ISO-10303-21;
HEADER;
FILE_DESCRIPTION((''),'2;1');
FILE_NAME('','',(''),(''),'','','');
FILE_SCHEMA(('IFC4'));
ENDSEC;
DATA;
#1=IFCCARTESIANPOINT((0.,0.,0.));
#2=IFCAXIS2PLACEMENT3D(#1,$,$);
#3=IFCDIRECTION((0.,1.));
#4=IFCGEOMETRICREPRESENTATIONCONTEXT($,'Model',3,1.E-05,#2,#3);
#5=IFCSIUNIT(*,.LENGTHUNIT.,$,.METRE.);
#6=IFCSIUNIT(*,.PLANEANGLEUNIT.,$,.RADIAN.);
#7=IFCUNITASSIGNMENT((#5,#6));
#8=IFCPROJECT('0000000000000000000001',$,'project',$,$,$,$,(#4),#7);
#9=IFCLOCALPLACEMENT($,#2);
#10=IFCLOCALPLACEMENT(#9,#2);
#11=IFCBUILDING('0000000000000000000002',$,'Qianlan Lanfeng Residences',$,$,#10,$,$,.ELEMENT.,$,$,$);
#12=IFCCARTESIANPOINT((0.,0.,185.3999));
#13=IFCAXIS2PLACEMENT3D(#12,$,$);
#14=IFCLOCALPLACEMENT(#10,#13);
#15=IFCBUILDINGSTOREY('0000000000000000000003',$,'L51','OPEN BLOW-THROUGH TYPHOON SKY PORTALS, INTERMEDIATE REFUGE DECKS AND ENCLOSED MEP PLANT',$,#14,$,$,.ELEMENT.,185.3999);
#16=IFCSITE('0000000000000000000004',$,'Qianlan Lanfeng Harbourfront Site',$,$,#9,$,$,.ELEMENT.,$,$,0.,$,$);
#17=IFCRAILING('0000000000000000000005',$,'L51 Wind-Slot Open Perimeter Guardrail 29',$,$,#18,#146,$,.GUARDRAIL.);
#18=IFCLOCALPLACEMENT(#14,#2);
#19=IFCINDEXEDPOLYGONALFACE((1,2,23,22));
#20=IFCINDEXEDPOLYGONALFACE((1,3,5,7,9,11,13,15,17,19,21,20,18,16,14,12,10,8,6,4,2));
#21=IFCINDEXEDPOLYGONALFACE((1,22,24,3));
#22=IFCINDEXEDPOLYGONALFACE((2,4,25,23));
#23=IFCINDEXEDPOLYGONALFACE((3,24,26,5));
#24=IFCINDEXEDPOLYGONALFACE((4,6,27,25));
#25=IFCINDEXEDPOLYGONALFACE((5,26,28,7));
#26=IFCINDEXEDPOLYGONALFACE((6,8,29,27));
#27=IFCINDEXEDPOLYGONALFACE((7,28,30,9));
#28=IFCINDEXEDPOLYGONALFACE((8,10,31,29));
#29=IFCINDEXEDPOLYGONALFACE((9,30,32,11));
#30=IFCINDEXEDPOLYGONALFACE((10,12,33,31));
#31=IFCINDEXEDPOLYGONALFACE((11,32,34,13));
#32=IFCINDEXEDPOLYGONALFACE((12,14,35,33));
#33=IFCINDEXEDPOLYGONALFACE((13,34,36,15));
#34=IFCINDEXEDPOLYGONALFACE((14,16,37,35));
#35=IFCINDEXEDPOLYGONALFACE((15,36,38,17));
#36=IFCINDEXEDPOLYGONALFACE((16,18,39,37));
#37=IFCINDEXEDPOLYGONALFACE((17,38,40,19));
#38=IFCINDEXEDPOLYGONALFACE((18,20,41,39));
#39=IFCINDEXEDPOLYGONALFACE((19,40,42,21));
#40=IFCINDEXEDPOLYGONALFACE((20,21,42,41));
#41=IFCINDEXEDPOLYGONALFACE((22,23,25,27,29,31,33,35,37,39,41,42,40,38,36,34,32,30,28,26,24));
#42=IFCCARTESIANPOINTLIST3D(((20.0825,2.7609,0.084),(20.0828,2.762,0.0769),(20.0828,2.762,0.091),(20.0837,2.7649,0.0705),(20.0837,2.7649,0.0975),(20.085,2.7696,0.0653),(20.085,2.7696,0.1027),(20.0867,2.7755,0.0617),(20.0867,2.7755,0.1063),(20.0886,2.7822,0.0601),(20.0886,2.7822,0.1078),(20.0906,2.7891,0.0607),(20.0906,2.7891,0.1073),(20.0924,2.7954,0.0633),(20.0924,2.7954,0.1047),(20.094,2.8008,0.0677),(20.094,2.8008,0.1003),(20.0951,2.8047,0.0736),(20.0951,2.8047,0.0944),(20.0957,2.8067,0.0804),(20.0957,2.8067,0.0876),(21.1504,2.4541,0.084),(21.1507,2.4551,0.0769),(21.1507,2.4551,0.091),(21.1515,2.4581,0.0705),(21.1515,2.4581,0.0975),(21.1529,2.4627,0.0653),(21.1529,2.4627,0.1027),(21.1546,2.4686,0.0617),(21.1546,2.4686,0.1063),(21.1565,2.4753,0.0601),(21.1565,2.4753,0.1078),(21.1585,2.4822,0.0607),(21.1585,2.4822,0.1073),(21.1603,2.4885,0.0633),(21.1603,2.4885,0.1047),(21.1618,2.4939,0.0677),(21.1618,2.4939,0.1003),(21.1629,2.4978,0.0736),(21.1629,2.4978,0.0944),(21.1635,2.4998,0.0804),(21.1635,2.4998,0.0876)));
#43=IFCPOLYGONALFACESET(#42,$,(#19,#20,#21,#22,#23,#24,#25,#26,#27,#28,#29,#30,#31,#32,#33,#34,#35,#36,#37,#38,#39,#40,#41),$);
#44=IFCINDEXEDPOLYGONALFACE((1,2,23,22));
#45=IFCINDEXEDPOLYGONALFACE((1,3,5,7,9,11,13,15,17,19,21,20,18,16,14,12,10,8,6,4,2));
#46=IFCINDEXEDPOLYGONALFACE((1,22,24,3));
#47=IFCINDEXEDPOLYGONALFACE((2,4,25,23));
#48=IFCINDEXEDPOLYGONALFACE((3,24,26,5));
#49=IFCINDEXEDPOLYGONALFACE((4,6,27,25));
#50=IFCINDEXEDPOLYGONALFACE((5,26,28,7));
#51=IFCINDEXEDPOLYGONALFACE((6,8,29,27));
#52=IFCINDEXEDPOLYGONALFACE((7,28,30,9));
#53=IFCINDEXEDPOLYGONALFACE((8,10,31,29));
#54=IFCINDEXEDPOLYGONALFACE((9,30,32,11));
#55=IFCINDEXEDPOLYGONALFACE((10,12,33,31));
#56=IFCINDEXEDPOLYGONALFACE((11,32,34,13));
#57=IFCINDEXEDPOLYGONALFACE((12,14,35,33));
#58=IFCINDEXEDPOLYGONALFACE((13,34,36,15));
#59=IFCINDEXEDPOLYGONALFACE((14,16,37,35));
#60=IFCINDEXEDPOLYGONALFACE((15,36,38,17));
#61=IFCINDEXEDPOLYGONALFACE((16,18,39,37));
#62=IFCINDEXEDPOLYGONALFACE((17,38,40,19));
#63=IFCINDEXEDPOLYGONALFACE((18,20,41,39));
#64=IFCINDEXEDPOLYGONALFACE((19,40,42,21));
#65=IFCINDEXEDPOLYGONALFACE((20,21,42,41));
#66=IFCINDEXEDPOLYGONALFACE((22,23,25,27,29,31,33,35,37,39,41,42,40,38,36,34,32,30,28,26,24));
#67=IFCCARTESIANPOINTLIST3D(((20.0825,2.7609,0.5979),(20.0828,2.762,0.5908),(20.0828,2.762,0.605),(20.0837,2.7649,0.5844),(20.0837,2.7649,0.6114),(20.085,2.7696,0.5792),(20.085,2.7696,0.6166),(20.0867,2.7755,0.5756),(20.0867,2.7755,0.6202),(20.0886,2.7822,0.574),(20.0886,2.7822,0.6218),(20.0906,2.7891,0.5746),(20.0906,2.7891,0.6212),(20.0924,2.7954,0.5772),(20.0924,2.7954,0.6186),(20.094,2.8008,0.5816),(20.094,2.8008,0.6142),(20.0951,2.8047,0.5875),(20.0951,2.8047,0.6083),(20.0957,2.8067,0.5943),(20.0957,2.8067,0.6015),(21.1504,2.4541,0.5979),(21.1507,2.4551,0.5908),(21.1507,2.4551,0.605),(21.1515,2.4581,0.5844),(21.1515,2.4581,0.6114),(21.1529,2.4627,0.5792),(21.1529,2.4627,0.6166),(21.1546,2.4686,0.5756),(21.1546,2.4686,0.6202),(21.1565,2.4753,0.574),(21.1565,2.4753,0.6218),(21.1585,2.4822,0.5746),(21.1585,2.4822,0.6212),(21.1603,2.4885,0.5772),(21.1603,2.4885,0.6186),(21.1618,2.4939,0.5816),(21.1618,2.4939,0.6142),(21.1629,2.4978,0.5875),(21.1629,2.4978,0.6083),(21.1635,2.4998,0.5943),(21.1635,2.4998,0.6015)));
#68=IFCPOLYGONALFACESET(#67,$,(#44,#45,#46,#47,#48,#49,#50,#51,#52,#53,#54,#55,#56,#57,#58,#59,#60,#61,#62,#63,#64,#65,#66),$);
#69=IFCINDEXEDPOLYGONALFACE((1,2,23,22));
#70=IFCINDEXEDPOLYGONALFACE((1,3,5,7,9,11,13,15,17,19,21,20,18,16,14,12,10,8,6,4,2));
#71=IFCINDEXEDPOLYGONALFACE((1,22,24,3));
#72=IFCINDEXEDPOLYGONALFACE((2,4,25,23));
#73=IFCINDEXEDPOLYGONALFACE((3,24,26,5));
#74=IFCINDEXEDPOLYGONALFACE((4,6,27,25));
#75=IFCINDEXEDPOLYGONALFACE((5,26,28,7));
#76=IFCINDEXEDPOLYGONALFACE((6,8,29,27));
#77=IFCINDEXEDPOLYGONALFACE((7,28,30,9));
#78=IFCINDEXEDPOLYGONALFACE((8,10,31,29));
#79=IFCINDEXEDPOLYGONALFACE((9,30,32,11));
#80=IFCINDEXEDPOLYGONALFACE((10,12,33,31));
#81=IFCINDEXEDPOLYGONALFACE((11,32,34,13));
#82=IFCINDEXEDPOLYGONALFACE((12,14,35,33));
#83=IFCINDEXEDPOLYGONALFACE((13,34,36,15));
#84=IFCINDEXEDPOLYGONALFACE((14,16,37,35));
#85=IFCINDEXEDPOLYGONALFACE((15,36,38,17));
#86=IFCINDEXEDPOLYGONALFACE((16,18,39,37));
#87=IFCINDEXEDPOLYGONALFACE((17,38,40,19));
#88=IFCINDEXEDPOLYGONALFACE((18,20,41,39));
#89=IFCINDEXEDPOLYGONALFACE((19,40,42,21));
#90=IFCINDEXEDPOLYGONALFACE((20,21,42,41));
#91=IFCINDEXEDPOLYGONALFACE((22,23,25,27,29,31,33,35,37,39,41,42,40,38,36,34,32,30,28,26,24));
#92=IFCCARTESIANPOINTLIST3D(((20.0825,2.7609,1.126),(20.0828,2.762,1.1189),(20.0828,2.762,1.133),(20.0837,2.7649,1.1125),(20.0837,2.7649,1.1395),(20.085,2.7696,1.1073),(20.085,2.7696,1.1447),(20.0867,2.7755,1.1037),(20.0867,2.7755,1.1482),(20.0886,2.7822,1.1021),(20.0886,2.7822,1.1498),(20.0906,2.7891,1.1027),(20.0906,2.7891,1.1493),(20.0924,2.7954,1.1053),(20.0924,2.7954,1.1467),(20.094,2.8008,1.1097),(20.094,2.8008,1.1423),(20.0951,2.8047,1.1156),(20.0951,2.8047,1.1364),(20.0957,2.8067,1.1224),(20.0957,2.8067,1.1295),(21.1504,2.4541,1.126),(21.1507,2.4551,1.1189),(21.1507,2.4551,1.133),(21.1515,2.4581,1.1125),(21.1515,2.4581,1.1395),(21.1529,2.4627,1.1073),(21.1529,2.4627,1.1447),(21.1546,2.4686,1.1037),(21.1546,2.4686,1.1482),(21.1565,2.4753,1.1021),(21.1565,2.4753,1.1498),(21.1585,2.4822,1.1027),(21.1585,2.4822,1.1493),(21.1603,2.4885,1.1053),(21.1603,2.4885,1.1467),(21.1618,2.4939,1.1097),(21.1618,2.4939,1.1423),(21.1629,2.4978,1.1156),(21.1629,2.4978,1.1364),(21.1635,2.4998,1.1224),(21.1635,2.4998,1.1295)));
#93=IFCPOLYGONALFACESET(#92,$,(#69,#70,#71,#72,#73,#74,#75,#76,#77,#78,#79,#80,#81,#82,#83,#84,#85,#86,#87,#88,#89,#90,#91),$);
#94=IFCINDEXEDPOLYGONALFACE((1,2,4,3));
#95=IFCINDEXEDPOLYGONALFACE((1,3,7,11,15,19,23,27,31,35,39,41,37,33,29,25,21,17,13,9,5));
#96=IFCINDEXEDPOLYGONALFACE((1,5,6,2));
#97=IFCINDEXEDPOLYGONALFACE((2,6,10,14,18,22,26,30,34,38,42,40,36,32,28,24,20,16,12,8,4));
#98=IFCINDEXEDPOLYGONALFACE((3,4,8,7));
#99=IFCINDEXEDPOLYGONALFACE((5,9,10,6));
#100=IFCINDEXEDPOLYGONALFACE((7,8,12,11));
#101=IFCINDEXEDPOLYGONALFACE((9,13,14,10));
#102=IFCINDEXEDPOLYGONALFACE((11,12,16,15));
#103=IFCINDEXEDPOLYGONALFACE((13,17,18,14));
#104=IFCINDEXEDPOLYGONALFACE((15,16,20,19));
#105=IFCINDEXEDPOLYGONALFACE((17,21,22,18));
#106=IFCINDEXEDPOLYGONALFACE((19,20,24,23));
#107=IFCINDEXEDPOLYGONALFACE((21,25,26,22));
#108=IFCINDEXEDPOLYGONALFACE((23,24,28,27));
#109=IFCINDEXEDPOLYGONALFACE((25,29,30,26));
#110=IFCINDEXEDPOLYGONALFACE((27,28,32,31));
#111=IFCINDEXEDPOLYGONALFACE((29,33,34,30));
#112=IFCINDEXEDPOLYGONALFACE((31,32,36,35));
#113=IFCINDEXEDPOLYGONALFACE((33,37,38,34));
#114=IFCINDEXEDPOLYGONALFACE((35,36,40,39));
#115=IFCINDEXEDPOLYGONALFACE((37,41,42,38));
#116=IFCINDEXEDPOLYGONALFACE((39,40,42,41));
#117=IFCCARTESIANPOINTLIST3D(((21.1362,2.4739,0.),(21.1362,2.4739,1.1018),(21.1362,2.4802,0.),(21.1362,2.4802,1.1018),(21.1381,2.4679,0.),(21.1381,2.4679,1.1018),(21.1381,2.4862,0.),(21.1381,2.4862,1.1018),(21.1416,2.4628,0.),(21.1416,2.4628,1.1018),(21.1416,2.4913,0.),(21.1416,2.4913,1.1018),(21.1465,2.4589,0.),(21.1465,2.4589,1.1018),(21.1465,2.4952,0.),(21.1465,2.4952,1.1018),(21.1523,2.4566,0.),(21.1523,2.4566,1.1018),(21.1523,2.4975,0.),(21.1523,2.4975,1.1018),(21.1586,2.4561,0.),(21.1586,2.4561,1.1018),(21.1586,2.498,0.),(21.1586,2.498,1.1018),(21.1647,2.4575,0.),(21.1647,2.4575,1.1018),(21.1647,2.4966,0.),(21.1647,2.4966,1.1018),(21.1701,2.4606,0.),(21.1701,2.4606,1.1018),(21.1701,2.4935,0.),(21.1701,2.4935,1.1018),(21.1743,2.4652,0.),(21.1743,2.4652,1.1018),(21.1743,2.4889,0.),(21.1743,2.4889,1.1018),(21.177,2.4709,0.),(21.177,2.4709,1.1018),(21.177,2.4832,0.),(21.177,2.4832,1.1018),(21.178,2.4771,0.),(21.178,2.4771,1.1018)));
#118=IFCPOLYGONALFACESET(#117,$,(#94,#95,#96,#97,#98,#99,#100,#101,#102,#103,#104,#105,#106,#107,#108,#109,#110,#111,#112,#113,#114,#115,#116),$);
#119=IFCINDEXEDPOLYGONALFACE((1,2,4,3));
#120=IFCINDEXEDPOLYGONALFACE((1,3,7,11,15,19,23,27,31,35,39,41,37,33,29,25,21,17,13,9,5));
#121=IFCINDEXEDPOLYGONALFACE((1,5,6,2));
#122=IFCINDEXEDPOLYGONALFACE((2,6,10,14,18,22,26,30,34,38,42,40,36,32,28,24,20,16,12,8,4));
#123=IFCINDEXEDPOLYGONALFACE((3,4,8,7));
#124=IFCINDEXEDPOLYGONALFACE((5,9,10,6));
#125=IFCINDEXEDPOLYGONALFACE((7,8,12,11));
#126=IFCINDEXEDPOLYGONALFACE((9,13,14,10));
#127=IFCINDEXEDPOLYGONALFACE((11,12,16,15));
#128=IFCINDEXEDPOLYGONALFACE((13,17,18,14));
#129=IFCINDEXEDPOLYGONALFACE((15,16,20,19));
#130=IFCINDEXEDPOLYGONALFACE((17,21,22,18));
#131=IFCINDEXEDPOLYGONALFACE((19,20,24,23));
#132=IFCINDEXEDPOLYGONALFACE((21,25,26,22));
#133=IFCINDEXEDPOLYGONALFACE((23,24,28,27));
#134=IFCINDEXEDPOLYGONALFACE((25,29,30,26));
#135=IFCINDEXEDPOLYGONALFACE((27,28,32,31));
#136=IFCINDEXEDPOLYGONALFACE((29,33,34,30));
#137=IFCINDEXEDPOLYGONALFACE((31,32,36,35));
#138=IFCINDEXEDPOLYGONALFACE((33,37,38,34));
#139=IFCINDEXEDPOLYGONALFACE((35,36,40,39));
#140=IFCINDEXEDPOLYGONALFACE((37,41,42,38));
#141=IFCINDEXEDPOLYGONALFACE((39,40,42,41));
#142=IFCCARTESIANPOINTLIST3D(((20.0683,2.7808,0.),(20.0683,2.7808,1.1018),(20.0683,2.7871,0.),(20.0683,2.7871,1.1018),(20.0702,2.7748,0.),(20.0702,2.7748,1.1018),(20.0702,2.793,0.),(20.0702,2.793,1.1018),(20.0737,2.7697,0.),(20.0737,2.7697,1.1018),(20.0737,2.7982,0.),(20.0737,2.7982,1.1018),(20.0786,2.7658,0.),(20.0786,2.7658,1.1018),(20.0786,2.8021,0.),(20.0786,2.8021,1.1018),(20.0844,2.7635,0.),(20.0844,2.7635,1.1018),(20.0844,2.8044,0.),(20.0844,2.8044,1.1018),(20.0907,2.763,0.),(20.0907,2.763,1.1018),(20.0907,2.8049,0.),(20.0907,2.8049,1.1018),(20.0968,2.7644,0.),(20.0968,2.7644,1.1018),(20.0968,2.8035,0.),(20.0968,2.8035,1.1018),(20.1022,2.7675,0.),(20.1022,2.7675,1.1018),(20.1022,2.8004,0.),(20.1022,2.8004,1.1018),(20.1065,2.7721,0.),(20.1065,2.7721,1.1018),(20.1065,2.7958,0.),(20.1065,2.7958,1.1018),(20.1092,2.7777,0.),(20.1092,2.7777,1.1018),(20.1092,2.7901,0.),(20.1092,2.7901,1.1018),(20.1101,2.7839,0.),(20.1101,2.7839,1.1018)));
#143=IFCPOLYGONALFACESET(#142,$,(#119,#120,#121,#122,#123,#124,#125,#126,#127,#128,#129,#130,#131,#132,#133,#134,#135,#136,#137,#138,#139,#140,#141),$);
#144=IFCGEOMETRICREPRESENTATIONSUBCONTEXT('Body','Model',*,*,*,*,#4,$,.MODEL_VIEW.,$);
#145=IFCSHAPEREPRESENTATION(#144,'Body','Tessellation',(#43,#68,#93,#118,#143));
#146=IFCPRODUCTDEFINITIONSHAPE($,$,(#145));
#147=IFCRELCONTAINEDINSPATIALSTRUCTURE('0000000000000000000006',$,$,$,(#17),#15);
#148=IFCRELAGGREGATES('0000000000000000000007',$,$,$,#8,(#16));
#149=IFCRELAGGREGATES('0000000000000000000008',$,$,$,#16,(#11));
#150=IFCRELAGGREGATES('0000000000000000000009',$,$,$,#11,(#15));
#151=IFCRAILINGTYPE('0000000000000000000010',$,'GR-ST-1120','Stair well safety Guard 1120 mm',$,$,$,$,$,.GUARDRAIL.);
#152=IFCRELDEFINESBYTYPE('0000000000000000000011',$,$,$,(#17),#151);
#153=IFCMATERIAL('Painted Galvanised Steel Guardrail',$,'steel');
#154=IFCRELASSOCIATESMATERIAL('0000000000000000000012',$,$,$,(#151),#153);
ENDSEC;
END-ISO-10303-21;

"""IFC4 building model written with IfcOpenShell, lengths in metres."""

from ifc_helpers import new_model, si_unit, direction, frame, origin, origin_2d, place, context, subcontext, project, spatial, circle, extrude, material, type_object, element, save


model = new_model("IFC4")

# Units and contexts
model_context = context("Model", 3, precision=1e-05, world=origin(), true_north=direction((0.0, 1.0)))
body_context = subcontext(model_context, "Body", "Model", "MODEL_VIEW")
ifc_project = project(units=[si_unit("LENGTHUNIT", "METRE"), si_unit("PLANEANGLEUNIT", "RADIAN")], contexts=[model_context])

# Site, building, storey
site_placement = place(None, origin())
site = spatial("IfcSite", under=ifc_project, at=site_placement, Name="Qianlan Lanfeng Harbourfront Site", CompositionType="ELEMENT", RefElevation=0.0)
building_placement = place(site_placement, origin())
building = spatial("IfcBuilding", under=site, at=building_placement, Name="Qianlan Lanfeng Residences", CompositionType="ELEMENT")
storey_placement = place(building_placement, frame((0.0, 0.0, 185.3999)))
storey = spatial("IfcBuildingStorey", under=building, at=storey_placement, Name="L51", Description="OPEN BLOW-THROUGH TYPHOON SKY PORTALS, INTERMEDIATE REFUGE DECKS AND ENCLOSED MEP PLANT", CompositionType="ELEMENT", Elevation=185.3999)

# Railing
ifc_material_1 = material(Name="Painted Galvanised Steel Guardrail", Category="steel")
railing_type = type_object("IfcRailingType", Name="GR-ST-1120", Description="Stair well safety Guard 1120 mm", PredefinedType="GUARDRAIL", material=ifc_material_1)
railing_1_placement = place(storey_placement, frame((21.157, 2.4771, 0.0)))
element("IfcRailing", 1, at=railing_1_placement, inside=storey, type_object=railing_type, Name="L51 Wind-Slot Open Perimeter Guardrail 29", PredefinedType="GUARDRAIL", context=body_context, shape_type="SweptSolid", body=[
    extrude(circle(Radius=0.0239, at=origin_2d()), frame((0.0, 0.0, 0.084), z_axis=(-0.9611, 0.276201, 0.0), x_axis=(-0.276201, -0.9611, 0.0)), (0.0, 0.0, 1.0), 1.1111),
    extrude(circle(Radius=0.0239, at=origin_2d()), frame((0.0, 0.0, 0.5979), z_axis=(-0.9611, 0.276201, 0.0), x_axis=(-0.276201, -0.9611, 0.0)), (0.0, 0.0, 1.0), 1.1111),
    extrude(circle(Radius=0.0239, at=origin_2d()), frame((0.0, 0.0, 1.126), z_axis=(-0.9611, 0.276201, 0.0), x_axis=(-0.276201, -0.9611, 0.0)), (0.0, 0.0, 1.0), 1.1111),
    extrude(circle(Radius=0.021, at=origin_2d()), origin(), (0.0, 0.0, 1.0), 1.1018),
    extrude(circle(Radius=0.021, at=origin_2d()), frame((-1.0679, 0.3069, 0.0)), (0.0, 0.0, 1.0), 1.1018),
])

save(model, "model.ifc")
